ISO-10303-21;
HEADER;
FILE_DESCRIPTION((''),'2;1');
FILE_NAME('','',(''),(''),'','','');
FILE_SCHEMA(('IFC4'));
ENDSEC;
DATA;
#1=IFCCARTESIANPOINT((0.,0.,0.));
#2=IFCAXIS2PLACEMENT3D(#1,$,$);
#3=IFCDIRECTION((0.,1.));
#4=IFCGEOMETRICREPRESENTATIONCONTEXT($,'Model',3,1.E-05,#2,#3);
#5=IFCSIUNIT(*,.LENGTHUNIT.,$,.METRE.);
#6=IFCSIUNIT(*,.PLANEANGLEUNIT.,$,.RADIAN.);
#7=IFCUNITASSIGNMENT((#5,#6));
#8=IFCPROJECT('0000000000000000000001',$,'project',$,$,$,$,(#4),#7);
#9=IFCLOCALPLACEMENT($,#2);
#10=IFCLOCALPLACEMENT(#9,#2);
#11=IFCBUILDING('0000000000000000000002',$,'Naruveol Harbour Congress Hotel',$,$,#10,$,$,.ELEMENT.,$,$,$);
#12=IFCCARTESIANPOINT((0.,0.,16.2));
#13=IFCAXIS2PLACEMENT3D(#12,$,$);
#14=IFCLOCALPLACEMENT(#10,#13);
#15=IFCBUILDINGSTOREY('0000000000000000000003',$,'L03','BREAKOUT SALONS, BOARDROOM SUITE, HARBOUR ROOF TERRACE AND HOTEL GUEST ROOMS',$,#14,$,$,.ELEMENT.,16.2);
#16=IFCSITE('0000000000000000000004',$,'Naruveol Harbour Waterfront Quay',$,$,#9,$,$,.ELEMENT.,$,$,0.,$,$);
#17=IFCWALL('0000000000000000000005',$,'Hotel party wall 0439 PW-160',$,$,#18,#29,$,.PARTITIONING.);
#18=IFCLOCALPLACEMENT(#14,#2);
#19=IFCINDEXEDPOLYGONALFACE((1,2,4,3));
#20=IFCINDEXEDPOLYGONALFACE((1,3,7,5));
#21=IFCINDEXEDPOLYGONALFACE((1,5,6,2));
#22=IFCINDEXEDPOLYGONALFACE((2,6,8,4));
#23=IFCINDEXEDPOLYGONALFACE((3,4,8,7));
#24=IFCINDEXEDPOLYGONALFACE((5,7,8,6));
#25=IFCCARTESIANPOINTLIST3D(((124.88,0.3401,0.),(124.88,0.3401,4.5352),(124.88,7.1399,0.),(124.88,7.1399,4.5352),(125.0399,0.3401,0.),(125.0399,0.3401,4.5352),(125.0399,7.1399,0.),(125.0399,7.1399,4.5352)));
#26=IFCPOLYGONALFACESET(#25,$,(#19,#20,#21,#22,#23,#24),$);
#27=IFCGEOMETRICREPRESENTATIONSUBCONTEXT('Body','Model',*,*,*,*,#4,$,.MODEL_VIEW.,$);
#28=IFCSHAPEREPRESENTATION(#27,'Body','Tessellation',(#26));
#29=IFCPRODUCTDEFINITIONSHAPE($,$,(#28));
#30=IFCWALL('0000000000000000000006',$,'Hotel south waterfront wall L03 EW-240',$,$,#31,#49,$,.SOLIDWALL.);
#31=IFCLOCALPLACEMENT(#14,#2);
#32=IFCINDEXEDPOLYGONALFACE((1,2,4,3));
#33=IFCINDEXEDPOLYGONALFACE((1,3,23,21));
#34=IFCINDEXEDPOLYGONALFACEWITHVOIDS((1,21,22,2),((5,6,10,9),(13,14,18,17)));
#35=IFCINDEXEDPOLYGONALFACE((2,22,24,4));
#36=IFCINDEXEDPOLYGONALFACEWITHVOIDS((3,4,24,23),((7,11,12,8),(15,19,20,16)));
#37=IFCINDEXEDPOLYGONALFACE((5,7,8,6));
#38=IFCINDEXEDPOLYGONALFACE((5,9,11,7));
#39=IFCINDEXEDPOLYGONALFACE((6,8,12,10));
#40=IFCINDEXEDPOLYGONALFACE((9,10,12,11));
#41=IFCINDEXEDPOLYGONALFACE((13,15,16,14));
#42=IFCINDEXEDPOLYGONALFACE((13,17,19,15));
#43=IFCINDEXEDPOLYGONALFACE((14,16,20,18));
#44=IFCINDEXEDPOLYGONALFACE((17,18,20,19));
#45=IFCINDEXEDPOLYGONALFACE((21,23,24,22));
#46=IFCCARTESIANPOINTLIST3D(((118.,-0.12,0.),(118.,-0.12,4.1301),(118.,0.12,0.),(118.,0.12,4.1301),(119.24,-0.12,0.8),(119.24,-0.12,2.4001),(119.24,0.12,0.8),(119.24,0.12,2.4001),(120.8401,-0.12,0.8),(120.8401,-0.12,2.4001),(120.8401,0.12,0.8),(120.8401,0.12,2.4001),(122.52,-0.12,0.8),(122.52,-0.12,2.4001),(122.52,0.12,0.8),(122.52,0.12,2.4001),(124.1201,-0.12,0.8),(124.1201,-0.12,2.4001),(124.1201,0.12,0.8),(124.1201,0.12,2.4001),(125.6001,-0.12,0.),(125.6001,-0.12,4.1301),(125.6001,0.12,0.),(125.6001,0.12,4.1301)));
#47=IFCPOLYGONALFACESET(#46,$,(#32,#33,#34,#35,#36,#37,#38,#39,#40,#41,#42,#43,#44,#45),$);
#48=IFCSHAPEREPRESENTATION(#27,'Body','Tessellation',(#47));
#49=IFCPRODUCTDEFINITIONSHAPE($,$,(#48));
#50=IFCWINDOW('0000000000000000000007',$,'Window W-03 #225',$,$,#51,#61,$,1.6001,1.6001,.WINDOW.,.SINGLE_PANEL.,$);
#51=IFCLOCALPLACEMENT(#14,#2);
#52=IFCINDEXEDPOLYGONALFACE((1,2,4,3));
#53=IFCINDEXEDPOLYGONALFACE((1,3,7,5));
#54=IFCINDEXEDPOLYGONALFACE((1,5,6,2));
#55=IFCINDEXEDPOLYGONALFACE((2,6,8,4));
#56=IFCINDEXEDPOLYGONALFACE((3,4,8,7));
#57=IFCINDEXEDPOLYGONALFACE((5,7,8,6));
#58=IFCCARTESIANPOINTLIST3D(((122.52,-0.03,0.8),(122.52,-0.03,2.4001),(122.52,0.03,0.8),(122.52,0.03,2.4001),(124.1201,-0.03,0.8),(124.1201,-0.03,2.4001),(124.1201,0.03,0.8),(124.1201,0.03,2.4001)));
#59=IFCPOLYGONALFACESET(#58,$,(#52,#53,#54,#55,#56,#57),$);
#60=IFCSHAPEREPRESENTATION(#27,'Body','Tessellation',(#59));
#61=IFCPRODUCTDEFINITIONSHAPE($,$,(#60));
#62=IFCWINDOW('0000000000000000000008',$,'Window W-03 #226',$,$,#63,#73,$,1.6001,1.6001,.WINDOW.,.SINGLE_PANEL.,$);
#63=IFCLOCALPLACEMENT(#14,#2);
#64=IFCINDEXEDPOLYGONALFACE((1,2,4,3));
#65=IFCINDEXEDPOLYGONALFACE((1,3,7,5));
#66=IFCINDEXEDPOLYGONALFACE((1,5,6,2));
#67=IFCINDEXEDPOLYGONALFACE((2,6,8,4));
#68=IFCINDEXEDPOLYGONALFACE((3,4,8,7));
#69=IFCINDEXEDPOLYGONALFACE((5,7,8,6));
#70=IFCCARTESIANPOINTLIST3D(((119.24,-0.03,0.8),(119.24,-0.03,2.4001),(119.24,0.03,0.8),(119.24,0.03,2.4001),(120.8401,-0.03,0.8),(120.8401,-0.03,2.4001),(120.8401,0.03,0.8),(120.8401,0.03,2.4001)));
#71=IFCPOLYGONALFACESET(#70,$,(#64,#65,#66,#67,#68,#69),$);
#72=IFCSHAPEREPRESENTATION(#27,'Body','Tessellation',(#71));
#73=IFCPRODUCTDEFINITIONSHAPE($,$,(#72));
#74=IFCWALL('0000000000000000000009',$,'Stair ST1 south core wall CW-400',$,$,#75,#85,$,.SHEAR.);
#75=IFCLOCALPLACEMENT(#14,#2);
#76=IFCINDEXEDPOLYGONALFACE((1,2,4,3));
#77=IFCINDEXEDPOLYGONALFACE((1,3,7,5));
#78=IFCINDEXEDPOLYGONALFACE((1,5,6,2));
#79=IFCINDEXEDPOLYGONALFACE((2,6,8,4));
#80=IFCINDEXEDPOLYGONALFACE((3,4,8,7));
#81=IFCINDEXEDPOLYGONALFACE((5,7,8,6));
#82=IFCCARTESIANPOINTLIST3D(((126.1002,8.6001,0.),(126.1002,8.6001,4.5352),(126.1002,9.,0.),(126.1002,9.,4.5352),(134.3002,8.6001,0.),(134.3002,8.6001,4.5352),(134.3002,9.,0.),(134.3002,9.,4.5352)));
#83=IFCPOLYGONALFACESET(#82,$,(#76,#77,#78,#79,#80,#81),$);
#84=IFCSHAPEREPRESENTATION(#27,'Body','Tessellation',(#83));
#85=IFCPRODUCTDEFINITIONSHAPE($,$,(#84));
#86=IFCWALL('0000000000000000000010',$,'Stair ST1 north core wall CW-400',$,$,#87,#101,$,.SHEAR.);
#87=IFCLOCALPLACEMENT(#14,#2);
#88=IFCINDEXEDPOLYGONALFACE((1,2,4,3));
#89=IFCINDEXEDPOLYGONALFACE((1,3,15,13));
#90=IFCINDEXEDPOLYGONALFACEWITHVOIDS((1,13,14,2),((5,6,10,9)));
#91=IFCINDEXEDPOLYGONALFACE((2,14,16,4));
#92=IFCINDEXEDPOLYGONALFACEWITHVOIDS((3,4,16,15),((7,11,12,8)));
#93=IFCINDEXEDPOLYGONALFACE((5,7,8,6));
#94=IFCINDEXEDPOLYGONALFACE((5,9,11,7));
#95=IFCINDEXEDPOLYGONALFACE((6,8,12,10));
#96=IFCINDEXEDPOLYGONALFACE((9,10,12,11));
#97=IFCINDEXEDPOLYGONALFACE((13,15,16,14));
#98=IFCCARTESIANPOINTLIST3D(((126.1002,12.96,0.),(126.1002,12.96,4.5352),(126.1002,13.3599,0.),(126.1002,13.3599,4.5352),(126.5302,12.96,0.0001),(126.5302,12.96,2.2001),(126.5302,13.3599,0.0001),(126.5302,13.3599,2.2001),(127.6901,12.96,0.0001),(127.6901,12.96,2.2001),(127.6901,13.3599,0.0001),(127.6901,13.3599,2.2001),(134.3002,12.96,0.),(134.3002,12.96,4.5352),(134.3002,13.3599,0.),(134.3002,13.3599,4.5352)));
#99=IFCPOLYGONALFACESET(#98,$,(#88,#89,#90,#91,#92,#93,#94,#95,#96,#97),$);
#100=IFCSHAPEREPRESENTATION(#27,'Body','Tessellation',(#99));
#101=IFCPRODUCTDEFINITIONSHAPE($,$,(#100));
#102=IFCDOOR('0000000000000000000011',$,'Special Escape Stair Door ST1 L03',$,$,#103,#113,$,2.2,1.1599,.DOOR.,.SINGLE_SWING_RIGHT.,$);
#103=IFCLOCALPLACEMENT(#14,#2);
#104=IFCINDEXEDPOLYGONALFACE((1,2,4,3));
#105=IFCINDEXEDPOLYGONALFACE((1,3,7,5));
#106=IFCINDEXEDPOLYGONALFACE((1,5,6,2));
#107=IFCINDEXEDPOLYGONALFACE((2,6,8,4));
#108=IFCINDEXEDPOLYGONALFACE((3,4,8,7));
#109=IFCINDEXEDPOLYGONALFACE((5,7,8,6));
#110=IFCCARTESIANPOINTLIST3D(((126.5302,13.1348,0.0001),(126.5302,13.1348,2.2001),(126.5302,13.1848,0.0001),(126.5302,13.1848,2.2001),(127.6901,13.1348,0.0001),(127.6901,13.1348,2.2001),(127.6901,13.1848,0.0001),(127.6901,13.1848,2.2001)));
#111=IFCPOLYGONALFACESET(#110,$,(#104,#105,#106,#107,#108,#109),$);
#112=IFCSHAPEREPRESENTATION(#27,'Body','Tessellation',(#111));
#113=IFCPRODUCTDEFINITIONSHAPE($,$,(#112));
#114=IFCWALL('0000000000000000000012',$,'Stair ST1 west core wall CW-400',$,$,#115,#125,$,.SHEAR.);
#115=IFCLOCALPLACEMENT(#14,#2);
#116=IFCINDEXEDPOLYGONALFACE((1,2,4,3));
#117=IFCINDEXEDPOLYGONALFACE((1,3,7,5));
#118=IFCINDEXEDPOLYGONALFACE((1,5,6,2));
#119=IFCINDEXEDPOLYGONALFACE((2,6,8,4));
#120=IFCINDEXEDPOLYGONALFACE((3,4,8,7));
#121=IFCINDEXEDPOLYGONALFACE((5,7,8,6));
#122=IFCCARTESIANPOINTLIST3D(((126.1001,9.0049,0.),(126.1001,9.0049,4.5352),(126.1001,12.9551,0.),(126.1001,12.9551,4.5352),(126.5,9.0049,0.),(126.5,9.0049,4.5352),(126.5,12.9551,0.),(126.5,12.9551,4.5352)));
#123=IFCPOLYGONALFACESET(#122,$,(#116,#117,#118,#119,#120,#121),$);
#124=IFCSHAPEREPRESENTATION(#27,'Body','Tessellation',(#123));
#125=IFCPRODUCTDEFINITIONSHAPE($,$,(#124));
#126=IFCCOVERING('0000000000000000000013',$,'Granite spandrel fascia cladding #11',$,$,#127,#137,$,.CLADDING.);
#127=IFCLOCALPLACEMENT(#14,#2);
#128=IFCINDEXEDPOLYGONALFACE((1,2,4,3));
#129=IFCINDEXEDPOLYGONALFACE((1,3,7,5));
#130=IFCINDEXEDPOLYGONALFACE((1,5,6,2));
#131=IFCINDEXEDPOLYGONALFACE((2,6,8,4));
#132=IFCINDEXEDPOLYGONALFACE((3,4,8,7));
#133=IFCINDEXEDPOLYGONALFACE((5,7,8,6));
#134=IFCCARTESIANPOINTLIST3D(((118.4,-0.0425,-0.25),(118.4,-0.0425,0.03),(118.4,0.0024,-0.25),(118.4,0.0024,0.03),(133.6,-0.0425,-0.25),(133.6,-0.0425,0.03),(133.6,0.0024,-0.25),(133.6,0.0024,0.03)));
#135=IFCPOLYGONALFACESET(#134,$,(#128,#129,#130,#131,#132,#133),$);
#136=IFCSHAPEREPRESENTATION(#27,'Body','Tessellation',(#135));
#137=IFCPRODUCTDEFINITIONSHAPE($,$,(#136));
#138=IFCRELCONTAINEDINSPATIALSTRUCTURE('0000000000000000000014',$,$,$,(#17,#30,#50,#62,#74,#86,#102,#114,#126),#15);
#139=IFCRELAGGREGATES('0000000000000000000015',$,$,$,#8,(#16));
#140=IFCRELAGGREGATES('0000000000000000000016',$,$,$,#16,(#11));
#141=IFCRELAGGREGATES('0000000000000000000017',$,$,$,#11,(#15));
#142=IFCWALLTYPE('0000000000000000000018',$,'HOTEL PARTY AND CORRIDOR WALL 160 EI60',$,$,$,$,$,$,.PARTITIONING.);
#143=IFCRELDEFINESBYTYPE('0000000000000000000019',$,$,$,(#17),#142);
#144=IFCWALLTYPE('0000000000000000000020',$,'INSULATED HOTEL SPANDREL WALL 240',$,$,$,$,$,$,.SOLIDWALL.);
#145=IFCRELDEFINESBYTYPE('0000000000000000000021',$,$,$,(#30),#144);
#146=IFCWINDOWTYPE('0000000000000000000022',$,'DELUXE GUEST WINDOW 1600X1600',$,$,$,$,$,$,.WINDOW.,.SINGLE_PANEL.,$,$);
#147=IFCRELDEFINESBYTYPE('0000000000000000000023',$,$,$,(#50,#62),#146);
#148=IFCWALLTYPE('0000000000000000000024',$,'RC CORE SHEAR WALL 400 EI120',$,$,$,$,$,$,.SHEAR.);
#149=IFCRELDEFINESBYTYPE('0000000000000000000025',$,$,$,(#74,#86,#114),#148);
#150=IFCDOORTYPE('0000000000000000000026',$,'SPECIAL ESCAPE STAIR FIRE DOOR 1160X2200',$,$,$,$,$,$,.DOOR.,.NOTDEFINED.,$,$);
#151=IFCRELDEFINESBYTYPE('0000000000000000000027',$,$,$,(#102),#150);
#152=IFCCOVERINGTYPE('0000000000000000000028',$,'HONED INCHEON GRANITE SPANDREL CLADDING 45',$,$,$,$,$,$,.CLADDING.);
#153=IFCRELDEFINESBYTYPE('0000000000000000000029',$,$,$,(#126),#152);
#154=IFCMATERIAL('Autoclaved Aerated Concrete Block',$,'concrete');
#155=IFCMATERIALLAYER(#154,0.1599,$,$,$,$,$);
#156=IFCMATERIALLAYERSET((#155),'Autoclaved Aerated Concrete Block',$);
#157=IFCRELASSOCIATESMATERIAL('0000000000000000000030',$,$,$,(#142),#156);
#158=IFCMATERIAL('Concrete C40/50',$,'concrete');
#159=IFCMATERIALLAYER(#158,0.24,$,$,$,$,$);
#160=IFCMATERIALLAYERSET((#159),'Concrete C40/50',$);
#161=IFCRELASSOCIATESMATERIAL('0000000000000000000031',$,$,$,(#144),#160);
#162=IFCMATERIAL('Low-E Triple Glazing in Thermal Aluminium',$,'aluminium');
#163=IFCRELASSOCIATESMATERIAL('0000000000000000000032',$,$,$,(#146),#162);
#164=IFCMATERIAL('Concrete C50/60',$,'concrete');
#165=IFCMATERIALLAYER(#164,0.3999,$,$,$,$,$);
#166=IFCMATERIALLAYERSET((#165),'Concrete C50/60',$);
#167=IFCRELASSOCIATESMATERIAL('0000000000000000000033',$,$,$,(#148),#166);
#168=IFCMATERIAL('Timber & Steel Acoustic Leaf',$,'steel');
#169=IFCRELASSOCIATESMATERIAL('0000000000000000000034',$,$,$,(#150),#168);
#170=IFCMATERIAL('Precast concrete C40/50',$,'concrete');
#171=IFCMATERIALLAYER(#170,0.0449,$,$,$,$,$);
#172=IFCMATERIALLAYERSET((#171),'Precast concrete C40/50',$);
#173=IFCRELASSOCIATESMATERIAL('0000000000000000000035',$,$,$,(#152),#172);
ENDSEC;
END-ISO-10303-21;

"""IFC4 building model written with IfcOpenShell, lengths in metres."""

from ifc_helpers import new_model, si_unit, direction, frame, frame_2d, origin, origin_2d, place, context, subcontext, project, spatial, rectangle, extrude, material, layer, layer_set, type_object, element, fill, save


model = new_model("IFC4")

# Units and contexts
model_context = context("Model", 3, precision=1e-05, world=origin(), true_north=direction((0.0, 1.0)))
body_context = subcontext(model_context, "Body", "Model", "MODEL_VIEW")
ifc_project = project(units=[si_unit("LENGTHUNIT", "METRE"), si_unit("PLANEANGLEUNIT", "RADIAN")], contexts=[model_context])

# Site, building, storey
site_placement = place(None, origin())
site = spatial("IfcSite", under=ifc_project, at=site_placement, Name="Naruveol Harbour Waterfront Quay", CompositionType="ELEMENT", RefElevation=0.0)
building_placement = place(site_placement, origin())
building = spatial("IfcBuilding", under=site, at=building_placement, Name="Naruveol Harbour Congress Hotel", CompositionType="ELEMENT")
storey_placement = place(building_placement, frame((0.0, 0.0, 16.2)))
storey = spatial("IfcBuildingStorey", under=building, at=storey_placement, Name="L03", Description="BREAKOUT SALONS, BOARDROOM SUITE, HARBOUR ROOF TERRACE AND HOTEL GUEST ROOMS", CompositionType="ELEMENT", Elevation=16.2)

# Shared definitions
ifc_material_1 = material(Name="Autoclaved Aerated Concrete Block", Category="concrete")
ifc_layer_1 = layer(ifc_material_1, 0.1599)
ifc_layer_set_1 = layer_set([ifc_layer_1], Name="Autoclaved Aerated Concrete Block")
wall_type_1 = type_object("IfcWallType", Name="HOTEL PARTY AND CORRIDOR WALL 160 EI60", PredefinedType="PARTITIONING", material=ifc_layer_set_1)

# Wall
wall_1_placement = place(storey_placement, frame((124.96, 0.3401, 0.0), z_axis=(0.0, 0.0, 1.0), x_axis=(0.0, 1.0, 0.0)))
element("IfcWall", 1, at=wall_1_placement, inside=storey, type_object=wall_type_1, Name="Hotel party wall 0439 PW-160", PredefinedType="PARTITIONING", context=body_context, shape_type="SweptSolid", body=[
    extrude(rectangle(XDim=6.7998, YDim=0.1599, at=frame_2d((3.3999, 0.0))), origin(), (0.0, 0.0, 1.0), 4.5352),
])

# Wall, openings, windows
ifc_material_2 = material(Name="Concrete C40/50", Category="concrete")
ifc_layer_2 = layer(ifc_material_2, 0.24)
ifc_layer_set_2 = layer_set([ifc_layer_2], Name="Concrete C40/50")
wall_type_2 = type_object("IfcWallType", Name="INSULATED HOTEL SPANDREL WALL 240", PredefinedType="SOLIDWALL", material=ifc_layer_set_2)
wall_2_placement = place(storey_placement, frame((125.6001, 0.0, 0.0), z_axis=(0.0, 0.0, 1.0), x_axis=(-1.0, 0.0, 0.0)))
wall_2 = element("IfcWall", 2, at=wall_2_placement, inside=storey, type_object=wall_type_2, Name="Hotel south waterfront wall L03 EW-240", PredefinedType="SOLIDWALL", context=body_context, shape_type="SweptSolid", body=[
    extrude(rectangle(XDim=7.6001, YDim=0.24, at=frame_2d((3.8, 0.0))), origin(), (0.0, 0.0, 1.0), 4.1301),
])
opening_1_placement = place(wall_2_placement, frame((1.48, 0.0, 0.8)))
opening_1 = element("IfcOpeningElement", 3, at=opening_1_placement, cuts=wall_2, PredefinedType="OPENING", context=body_context, shape_type="SweptSolid", body=[
    extrude(rectangle(XDim=1.6001, YDim=1.6001, at=frame_2d((0.8, 0.8))), frame((0.0, 0.1299, 0.0), z_axis=(0.0, -1.0, 0.0), x_axis=(1.0, 0.0, 0.0)), (0.0, 0.0, 1.0), 0.26),
])
opening_2_placement = place(wall_2_placement, frame((4.76, 0.0, 0.8)))
opening_2 = element("IfcOpeningElement", 4, at=opening_2_placement, cuts=wall_2, PredefinedType="OPENING", context=body_context, shape_type="SweptSolid", body=[
    extrude(rectangle(XDim=1.6001, YDim=1.6001, at=frame_2d((0.8, 0.8))), frame((0.0, 0.1299, 0.0), z_axis=(0.0, -1.0, 0.0), x_axis=(1.0, 0.0, 0.0)), (0.0, 0.0, 1.0), 0.26),
])
ifc_material_3 = material(Name="Low-E Triple Glazing in Thermal Aluminium", Category="aluminium")
window_type = type_object("IfcWindowType", Name="DELUXE GUEST WINDOW 1600X1600", PartitioningType="SINGLE_PANEL", PredefinedType="WINDOW", material=ifc_material_3)
window_1_placement = place(opening_1_placement, origin())
window_1 = element("IfcWindow", 5, at=window_1_placement, inside=storey, type_object=window_type, Name="Window W-03 #225", OverallHeight=1.6001, OverallWidth=1.6001, PartitioningType="SINGLE_PANEL", PredefinedType="WINDOW", context=body_context, shape_type="SweptSolid", body=[
    extrude(rectangle(XDim=1.6001, YDim=1.6001, at=frame_2d((0.8, 0.8))), frame((0.0, 0.03, 0.0), z_axis=(0.0, -1.0, 0.0), x_axis=(1.0, 0.0, 0.0)), (0.0, 0.0, 1.0), 0.0601),
])
fill(opening_1, window_1)
window_2_placement = place(opening_2_placement, origin())
window_2 = element("IfcWindow", 6, at=window_2_placement, inside=storey, type_object=window_type, Name="Window W-03 #226", OverallHeight=1.6001, OverallWidth=1.6001, PartitioningType="SINGLE_PANEL", PredefinedType="WINDOW", context=body_context, shape_type="SweptSolid", body=[
    extrude(rectangle(XDim=1.6001, YDim=1.6001, at=frame_2d((0.8, 0.8))), frame((0.0, 0.03, 0.0), z_axis=(0.0, -1.0, 0.0), x_axis=(1.0, 0.0, 0.0)), (0.0, 0.0, 1.0), 0.0601),
])
fill(opening_2, window_2)

# Wall
ifc_material_4 = material(Name="Concrete C50/60", Category="concrete")
ifc_layer_3 = layer(ifc_material_4, 0.3999)
ifc_layer_set_3 = layer_set([ifc_layer_3], Name="Concrete C50/60")
wall_type_3 = type_object("IfcWallType", Name="RC CORE SHEAR WALL 400 EI120", PredefinedType="SHEAR", material=ifc_layer_set_3)
wall_3_placement = place(storey_placement, frame((126.1001, 8.8, 0.0), z_axis=(0.0, 0.0, 1.0), x_axis=(1.0, 0.0, 0.0)))
element("IfcWall", 7, at=wall_3_placement, inside=storey, type_object=wall_type_3, Name="Stair ST1 south core wall CW-400", PredefinedType="SHEAR", context=body_context, shape_type="SweptSolid", body=[
    extrude(rectangle(XDim=8.2, YDim=0.3999, at=frame_2d((4.1001, 0.0))), origin(), (0.0, 0.0, 1.0), 4.5352),
])

# Wall, opening, door
wall_4_placement = place(storey_placement, frame((126.1001, 13.1599, 0.0), z_axis=(0.0, 0.0, 1.0), x_axis=(1.0, 0.0, 0.0)))
wall_4 = element("IfcWall", 8, at=wall_4_placement, inside=storey, type_object=wall_type_3, Name="Stair ST1 north core wall CW-400", PredefinedType="SHEAR", context=body_context, shape_type="SweptSolid", body=[
    extrude(rectangle(XDim=8.2, YDim=0.3999, at=frame_2d((4.1001, 0.0))), origin(), (0.0, 0.0, 1.0), 4.5352),
])
opening_3_placement = place(wall_4_placement, frame((0.4299, 0.0, 0.0)))
opening_3 = element("IfcOpeningElement", 9, at=opening_3_placement, cuts=wall_4, PredefinedType="OPENING", context=body_context, shape_type="SweptSolid", body=[
    extrude(rectangle(XDim=1.1599, YDim=2.2, at=frame_2d((0.5801, 1.1001))), frame((0.0, 0.21, 0.0), z_axis=(0.0, -1.0, 0.0), x_axis=(1.0, 0.0, 0.0)), (0.0, 0.0, 1.0), 0.4199),
])
ifc_material_5 = material(Name="Timber & Steel Acoustic Leaf", Category="steel")
door_type_1 = type_object("IfcDoorType", Name="SPECIAL ESCAPE STAIR FIRE DOOR 1160X2200", OperationType="NOTDEFINED", PredefinedType="DOOR", material=ifc_material_5)
door_1_placement = place(opening_3_placement, origin())
door_1 = element("IfcDoor", 10, at=door_1_placement, inside=storey, type_object=door_type_1, Name="Special Escape Stair Door ST1 L03", OperationType="SINGLE_SWING_RIGHT", OverallHeight=2.2, OverallWidth=1.1599, PredefinedType="DOOR", context=body_context, shape_type="SweptSolid", body=[
    extrude(rectangle(XDim=1.1599, YDim=2.2, at=frame_2d((0.5801, 1.1001))), frame((0.0, 0.0249, 0.0), z_axis=(0.0, -1.0, 0.0), x_axis=(1.0, 0.0, 0.0)), (0.0, 0.0, 1.0), 0.05),
])
fill(opening_3, door_1)

# Wall
wall_5_placement = place(storey_placement, frame((126.3, 9.0049, 0.0), z_axis=(0.0, 0.0, 1.0), x_axis=(0.0, 1.0, 0.0)))
element("IfcWall", 11, at=wall_5_placement, inside=storey, type_object=wall_type_3, Name="Stair ST1 west core wall CW-400", PredefinedType="SHEAR", context=body_context, shape_type="SweptSolid", body=[
    extrude(rectangle(XDim=3.9502, YDim=0.3999, at=frame_2d((1.9751, 0.0))), origin(), (0.0, 0.0, 1.0), 4.5352),
])

# Covering
ifc_material_6 = material(Name="Precast concrete C40/50", Category="concrete")
ifc_layer_4 = layer(ifc_material_6, 0.0449)
ifc_layer_set_4 = layer_set([ifc_layer_4], Name="Precast concrete C40/50")
covering_type = type_object("IfcCoveringType", Name="HONED INCHEON GRANITE SPANDREL CLADDING 45", PredefinedType="CLADDING", material=ifc_layer_set_4)
covering_placement = place(storey_placement, frame((126.0, -0.02, -0.25), z_axis=(0.0, 0.0, 1.0), x_axis=(1.0, 0.0, 0.0)))
element("IfcCovering", 12, at=covering_placement, inside=storey, type_object=covering_type, Name="Granite spandrel fascia cladding #11", PredefinedType="CLADDING", context=body_context, shape_type="SweptSolid", body=[
    extrude(rectangle(XDim=15.2, YDim=0.0449, at=origin_2d()), origin(), (0.0, 0.0, 1.0), 0.28),
])

save(model, "model.ifc")
